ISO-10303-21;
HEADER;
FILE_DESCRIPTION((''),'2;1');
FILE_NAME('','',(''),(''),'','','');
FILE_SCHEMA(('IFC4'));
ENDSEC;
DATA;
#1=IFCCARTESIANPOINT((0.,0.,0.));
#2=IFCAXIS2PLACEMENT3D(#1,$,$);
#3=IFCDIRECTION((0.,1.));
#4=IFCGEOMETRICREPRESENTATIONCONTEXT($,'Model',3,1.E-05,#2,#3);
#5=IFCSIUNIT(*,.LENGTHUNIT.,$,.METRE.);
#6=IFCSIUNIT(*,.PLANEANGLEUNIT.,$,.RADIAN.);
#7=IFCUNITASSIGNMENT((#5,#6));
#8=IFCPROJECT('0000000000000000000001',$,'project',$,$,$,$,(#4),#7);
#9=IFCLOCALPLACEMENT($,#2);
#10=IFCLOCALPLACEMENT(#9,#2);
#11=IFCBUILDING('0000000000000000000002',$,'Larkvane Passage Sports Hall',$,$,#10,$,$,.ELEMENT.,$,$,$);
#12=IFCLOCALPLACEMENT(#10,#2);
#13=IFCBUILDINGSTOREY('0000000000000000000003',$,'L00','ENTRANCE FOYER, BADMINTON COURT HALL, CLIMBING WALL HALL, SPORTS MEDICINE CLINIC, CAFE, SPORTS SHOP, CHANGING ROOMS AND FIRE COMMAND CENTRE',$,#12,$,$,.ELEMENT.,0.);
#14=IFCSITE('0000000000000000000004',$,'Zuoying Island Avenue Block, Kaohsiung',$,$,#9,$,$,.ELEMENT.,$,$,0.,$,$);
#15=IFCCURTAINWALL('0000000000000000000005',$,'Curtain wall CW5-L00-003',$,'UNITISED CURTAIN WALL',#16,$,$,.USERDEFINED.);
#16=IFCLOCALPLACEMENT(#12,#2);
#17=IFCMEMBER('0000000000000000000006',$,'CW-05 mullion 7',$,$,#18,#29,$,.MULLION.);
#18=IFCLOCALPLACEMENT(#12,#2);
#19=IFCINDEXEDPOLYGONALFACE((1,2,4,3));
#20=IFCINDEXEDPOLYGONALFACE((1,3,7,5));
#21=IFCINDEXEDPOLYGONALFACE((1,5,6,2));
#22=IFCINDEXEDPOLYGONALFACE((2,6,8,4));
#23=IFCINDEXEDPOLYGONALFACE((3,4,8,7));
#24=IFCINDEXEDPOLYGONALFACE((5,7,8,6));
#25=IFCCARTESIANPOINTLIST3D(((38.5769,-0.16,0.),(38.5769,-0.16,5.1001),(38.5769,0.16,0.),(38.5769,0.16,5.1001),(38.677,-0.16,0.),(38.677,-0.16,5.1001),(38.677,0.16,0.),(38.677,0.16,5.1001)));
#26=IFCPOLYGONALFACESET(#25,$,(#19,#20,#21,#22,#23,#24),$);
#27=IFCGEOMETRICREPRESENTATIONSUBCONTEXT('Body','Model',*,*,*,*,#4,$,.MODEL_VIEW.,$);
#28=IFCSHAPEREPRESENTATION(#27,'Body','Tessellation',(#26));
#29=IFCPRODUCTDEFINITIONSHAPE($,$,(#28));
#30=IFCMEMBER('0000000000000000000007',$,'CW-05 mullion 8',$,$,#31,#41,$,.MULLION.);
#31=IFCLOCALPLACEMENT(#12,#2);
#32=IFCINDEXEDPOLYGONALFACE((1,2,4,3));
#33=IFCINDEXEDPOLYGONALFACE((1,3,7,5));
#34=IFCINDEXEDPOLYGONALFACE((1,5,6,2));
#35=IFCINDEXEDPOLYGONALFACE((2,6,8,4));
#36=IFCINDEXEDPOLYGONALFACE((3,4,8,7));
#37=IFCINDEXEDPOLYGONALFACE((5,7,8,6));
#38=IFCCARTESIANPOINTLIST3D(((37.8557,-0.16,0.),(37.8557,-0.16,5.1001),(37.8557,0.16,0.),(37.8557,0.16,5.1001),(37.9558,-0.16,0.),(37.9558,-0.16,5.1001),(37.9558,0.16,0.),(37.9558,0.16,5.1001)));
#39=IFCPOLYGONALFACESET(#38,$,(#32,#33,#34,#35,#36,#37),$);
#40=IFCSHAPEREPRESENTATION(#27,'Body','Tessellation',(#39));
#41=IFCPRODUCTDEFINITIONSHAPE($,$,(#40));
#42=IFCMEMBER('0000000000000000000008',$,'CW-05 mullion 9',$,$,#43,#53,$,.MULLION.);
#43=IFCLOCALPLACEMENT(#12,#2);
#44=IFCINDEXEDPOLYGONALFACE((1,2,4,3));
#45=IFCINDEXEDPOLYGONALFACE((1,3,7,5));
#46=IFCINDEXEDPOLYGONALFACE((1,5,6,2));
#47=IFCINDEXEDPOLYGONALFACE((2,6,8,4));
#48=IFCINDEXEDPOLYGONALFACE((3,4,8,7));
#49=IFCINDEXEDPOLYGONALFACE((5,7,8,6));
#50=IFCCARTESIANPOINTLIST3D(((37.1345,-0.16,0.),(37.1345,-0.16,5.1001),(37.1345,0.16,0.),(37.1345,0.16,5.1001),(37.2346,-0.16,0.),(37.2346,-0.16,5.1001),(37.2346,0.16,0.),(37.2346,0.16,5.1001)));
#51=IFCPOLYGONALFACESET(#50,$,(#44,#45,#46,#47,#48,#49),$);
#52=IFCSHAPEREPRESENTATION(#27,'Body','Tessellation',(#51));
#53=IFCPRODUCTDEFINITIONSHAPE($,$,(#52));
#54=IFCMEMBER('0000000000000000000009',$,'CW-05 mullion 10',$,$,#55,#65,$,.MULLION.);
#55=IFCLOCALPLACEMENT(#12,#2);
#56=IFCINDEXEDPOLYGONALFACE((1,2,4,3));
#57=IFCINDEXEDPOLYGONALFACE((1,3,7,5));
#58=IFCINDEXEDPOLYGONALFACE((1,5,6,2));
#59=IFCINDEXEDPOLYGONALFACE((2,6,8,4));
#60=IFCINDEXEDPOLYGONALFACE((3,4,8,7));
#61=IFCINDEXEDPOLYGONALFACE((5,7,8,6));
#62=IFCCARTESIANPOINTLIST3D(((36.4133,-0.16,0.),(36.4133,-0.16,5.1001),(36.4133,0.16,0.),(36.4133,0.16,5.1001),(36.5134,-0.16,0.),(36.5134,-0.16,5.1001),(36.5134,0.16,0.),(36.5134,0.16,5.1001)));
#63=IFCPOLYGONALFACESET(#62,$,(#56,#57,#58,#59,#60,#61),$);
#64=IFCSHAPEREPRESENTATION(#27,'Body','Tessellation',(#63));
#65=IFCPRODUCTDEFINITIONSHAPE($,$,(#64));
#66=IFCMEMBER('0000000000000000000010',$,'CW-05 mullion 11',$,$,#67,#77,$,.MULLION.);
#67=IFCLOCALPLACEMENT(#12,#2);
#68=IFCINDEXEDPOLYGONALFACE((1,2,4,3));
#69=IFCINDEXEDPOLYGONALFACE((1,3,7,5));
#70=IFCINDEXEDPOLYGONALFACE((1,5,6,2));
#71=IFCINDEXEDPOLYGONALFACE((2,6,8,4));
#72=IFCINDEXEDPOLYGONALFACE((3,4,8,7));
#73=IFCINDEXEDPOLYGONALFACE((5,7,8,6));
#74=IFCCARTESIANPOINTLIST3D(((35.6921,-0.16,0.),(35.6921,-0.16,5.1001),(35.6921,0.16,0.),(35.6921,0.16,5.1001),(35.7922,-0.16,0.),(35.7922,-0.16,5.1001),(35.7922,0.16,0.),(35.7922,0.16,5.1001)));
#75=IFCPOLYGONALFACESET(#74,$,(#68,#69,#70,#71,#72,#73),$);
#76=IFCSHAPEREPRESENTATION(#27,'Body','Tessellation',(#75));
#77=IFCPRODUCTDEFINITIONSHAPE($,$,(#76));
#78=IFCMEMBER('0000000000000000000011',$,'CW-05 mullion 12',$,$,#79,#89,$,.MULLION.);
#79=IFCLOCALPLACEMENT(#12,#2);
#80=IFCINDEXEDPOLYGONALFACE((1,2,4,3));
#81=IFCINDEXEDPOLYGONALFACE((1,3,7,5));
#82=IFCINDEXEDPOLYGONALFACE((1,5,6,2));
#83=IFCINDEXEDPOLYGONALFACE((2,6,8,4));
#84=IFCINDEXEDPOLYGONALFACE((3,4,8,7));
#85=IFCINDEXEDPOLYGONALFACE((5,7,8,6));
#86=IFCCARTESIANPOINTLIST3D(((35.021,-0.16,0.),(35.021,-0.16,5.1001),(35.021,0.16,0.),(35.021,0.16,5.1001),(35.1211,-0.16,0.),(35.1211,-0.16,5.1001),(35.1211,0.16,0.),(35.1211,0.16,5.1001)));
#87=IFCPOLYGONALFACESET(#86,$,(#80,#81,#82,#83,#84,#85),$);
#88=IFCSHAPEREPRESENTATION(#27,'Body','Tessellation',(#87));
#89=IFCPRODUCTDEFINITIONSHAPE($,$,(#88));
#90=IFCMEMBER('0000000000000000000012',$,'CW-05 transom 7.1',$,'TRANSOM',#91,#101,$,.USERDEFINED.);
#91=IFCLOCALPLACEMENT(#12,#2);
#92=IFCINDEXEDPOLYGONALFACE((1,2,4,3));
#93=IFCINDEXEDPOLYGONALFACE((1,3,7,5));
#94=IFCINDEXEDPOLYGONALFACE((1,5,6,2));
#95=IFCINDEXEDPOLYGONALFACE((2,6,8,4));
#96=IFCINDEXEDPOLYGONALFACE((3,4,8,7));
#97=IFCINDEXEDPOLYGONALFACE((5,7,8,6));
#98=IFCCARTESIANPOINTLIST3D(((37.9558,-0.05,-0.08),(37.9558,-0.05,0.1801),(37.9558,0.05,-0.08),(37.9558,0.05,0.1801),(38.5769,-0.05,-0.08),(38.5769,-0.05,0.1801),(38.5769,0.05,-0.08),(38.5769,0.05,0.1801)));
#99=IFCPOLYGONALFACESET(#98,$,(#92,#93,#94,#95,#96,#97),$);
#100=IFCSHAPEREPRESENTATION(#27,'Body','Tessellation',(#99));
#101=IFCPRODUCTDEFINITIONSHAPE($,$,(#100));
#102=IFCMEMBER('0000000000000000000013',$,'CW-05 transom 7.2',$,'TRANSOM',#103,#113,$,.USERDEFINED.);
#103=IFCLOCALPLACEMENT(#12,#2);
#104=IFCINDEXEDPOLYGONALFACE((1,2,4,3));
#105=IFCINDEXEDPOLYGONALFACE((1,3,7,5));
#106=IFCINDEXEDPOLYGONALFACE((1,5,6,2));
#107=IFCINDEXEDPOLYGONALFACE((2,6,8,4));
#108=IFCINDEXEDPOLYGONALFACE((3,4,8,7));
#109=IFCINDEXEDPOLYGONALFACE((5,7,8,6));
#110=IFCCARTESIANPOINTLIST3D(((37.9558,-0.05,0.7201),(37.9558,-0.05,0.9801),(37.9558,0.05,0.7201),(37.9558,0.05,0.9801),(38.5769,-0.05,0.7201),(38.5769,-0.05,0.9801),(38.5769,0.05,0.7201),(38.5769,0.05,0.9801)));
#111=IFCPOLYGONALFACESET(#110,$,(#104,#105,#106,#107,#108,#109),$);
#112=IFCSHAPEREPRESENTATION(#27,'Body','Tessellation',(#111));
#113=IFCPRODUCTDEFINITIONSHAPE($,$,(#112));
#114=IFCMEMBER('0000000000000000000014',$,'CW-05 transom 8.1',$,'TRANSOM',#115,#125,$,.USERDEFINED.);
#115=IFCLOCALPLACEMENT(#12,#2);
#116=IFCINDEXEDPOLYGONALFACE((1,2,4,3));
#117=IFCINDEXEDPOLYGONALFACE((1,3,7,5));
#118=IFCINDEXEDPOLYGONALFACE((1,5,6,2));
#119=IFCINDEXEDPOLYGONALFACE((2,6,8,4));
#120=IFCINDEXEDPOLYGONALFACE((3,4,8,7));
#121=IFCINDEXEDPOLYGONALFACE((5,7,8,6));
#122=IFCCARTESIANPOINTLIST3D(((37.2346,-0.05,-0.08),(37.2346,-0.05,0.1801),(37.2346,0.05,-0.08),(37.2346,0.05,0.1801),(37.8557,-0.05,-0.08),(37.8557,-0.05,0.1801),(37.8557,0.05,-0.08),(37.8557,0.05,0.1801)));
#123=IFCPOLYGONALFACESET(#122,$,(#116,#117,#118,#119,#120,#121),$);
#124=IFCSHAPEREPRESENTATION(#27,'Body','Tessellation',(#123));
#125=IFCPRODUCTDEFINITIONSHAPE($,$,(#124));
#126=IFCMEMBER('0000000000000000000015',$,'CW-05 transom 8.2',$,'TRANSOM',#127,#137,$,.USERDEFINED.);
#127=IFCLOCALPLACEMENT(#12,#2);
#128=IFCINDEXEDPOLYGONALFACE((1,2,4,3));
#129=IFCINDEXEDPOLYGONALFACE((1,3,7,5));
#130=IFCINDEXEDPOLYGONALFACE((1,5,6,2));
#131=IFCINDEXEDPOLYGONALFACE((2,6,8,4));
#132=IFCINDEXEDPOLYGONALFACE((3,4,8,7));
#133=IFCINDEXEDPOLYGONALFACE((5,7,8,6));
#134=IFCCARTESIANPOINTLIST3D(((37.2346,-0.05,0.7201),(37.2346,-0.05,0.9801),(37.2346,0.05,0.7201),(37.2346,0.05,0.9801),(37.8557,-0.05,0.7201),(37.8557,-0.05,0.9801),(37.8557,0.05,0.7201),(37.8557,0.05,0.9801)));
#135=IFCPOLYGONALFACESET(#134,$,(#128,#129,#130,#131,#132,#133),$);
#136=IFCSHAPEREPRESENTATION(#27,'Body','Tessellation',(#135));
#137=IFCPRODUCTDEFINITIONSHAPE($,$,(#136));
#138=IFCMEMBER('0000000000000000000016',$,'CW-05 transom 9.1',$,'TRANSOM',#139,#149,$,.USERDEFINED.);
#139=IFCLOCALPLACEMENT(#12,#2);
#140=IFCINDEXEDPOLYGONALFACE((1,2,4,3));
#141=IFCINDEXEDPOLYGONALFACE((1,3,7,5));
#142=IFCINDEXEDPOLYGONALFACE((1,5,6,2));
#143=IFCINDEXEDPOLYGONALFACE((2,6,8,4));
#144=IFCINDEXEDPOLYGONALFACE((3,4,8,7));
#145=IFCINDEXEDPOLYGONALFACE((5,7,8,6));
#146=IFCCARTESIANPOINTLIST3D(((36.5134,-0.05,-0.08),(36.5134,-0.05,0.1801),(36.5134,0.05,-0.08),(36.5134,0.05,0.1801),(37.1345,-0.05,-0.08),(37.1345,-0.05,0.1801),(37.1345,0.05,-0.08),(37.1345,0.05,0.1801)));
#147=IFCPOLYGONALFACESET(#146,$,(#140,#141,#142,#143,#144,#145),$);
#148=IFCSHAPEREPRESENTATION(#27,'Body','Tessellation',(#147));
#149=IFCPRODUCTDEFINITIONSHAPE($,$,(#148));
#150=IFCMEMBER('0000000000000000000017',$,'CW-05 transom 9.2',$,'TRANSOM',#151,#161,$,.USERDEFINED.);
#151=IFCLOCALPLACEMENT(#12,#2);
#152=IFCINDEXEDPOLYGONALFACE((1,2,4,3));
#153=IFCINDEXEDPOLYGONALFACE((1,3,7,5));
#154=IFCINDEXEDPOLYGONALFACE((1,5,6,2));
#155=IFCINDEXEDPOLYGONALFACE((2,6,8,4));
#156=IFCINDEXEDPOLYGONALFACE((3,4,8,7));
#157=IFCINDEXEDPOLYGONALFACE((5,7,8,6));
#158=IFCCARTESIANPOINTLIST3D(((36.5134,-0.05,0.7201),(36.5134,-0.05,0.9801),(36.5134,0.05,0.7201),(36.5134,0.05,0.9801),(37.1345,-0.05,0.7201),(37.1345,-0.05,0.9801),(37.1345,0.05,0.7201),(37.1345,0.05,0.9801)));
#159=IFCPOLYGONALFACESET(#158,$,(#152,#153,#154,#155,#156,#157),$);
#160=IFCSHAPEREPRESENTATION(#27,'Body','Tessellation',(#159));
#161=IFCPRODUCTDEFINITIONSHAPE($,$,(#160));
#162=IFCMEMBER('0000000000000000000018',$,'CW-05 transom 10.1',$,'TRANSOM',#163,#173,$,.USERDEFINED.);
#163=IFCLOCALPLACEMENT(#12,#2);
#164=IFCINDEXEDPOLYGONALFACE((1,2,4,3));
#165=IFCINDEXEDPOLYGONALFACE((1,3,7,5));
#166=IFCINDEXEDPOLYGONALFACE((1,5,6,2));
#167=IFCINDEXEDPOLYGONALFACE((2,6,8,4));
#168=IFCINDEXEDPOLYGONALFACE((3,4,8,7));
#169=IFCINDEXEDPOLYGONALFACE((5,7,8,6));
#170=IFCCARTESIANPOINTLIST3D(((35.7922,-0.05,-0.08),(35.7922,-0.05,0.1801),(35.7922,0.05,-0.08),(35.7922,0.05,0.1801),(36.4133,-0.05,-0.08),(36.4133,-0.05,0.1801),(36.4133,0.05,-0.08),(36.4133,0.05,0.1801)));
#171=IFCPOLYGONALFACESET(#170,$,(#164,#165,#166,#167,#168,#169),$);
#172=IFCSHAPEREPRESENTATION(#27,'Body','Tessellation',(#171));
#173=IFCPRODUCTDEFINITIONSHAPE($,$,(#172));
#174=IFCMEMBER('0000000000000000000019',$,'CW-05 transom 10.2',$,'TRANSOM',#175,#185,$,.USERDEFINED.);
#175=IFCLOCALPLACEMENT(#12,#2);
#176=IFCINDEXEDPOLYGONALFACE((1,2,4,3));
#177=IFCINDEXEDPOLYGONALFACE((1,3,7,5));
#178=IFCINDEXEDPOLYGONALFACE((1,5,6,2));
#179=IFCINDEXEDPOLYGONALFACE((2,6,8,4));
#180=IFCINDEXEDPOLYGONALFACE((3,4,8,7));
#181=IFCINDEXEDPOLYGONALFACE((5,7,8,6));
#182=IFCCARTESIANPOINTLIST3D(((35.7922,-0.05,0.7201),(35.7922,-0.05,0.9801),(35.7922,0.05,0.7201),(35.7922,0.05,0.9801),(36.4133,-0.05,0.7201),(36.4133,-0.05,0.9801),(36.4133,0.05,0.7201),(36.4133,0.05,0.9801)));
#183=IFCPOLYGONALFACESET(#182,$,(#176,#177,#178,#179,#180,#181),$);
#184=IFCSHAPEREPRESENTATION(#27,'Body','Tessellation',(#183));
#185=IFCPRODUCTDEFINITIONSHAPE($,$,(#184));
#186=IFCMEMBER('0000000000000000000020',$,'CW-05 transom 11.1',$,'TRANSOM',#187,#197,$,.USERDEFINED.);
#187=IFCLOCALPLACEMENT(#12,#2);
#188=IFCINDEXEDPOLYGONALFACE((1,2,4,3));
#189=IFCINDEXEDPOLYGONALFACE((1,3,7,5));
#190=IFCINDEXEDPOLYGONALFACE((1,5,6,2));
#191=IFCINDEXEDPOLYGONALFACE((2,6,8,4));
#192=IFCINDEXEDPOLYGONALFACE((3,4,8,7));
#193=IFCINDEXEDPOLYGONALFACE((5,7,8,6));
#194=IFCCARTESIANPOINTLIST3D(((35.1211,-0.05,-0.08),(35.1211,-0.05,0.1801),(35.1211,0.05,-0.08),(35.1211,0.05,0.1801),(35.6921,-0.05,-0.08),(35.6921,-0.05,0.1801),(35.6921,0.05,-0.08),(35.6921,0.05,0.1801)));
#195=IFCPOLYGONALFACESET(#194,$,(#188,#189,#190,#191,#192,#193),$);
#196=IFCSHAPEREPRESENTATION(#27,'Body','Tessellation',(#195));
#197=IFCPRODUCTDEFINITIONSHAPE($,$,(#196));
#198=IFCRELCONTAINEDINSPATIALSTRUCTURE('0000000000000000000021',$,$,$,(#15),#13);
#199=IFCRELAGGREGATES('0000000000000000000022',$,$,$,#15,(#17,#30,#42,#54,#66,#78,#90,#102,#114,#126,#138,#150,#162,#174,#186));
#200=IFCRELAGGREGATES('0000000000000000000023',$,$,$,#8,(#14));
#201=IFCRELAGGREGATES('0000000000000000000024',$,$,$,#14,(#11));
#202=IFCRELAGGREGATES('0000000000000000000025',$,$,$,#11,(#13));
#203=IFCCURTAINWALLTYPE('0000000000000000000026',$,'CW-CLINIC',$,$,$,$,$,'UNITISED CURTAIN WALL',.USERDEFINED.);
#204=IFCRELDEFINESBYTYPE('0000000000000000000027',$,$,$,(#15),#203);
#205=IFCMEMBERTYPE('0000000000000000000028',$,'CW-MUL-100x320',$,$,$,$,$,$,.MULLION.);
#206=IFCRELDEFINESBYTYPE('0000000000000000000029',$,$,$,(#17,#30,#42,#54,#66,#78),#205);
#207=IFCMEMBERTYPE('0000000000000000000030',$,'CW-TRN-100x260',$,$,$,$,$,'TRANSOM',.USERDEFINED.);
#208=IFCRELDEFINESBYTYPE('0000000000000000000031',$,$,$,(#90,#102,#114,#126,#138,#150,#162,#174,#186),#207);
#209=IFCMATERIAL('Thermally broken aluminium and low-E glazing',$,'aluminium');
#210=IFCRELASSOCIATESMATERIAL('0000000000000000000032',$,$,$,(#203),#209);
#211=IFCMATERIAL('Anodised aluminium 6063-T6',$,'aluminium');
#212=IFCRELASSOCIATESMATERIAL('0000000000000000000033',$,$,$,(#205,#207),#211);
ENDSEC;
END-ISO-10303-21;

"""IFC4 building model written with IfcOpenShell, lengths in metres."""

from ifc_helpers import new_model, si_unit, direction, frame, origin, origin_2d, place, context, subcontext, project, spatial, rectangle, extrude, material, material_profile, profile_set, type_object, element, aggregate, save


model = new_model("IFC4")

# Units and contexts
model_context = context("Model", 3, precision=1e-05, world=origin(), true_north=direction((0.0, 1.0)))
body_context = subcontext(model_context, "Body", "Model", "MODEL_VIEW")
ifc_project = project(units=[si_unit("LENGTHUNIT", "METRE"), si_unit("PLANEANGLEUNIT", "RADIAN")], contexts=[model_context])

# Site, building, storey
site_placement = place(None, origin())
site = spatial("IfcSite", under=ifc_project, at=site_placement, Name="Zuoying Island Avenue Block, Kaohsiung", CompositionType="ELEMENT", RefElevation=0.0)
building_placement = place(site_placement, origin())
building = spatial("IfcBuilding", under=site, at=building_placement, Name="Larkvane Passage Sports Hall", CompositionType="ELEMENT")
storey_placement = place(building_placement, origin())
storey = spatial("IfcBuildingStorey", under=building, at=storey_placement, Name="L00", Description="ENTRANCE FOYER, BADMINTON COURT HALL, CLIMBING WALL HALL, SPORTS MEDICINE CLINIC, CAFE, SPORTS SHOP, CHANGING ROOMS AND FIRE COMMAND CENTRE", CompositionType="ELEMENT", Elevation=0.0)

# Curtain wall, members
ifc_material_1 = material(Name="Thermally broken aluminium and low-E glazing", Category="aluminium")
curtain_wall_type = type_object("IfcCurtainWallType", Name="CW-CLINIC", ElementType="UNITISED CURTAIN WALL", PredefinedType="USERDEFINED", material=ifc_material_1)
curtain_wall_placement = place(storey_placement, origin())
curtain_wall = element("IfcCurtainWall", 1, at=curtain_wall_placement, inside=storey, type_object=curtain_wall_type, Name="Curtain wall CW5-L00-003", ObjectType="UNITISED CURTAIN WALL", PredefinedType="USERDEFINED")
ifc_material_2 = material(Name="Anodised aluminium 6063-T6", Category="aluminium")
ifc_material_profile_1 = material_profile(ifc_material_2, rectangle(XDim=0.1001, YDim=0.3201, at=origin_2d()), Name="ALU-MUL-100x320")
ifc_profile_set_1 = profile_set([ifc_material_profile_1], Name="Anodised aluminium 6063-T6")
member_type_1 = type_object("IfcMemberType", Name="CW-MUL-100x320", PredefinedType="MULLION", material=ifc_profile_set_1)
member_1_placement = place(storey_placement, frame((38.627, 0.0, 0.0), z_axis=(0.0, 0.0, 1.0), x_axis=(-1.0, 0.0, 0.0)))
member_1 = element("IfcMember", 2, at=member_1_placement, type_object=member_type_1, Name="CW-05 mullion 7", PredefinedType="MULLION", context=body_context, shape_type="SweptSolid", body=[
    extrude(rectangle(XDim=0.1001, YDim=0.3201, at=origin_2d()), origin(), (0.0, 0.0, 1.0), 5.1001),
])
member_2_placement = place(storey_placement, frame((37.9058, 0.0, 0.0), z_axis=(0.0, 0.0, 1.0), x_axis=(-1.0, 0.0, 0.0)))
member_2 = element("IfcMember", 3, at=member_2_placement, type_object=member_type_1, Name="CW-05 mullion 8", PredefinedType="MULLION", context=body_context, shape_type="SweptSolid", body=[
    extrude(rectangle(XDim=0.1001, YDim=0.3201, at=origin_2d()), origin(), (0.0, 0.0, 1.0), 5.1001),
])
member_3_placement = place(storey_placement, frame((37.1846, 0.0, 0.0), z_axis=(0.0, 0.0, 1.0), x_axis=(-1.0, 0.0, 0.0)))
member_3 = element("IfcMember", 4, at=member_3_placement, type_object=member_type_1, Name="CW-05 mullion 9", PredefinedType="MULLION", context=body_context, shape_type="SweptSolid", body=[
    extrude(rectangle(XDim=0.1001, YDim=0.3201, at=origin_2d()), origin(), (0.0, 0.0, 1.0), 5.1001),
])
member_4_placement = place(storey_placement, frame((36.4634, 0.0, 0.0), z_axis=(0.0, 0.0, 1.0), x_axis=(-1.0, 0.0, 0.0)))
member_4 = element("IfcMember", 5, at=member_4_placement, type_object=member_type_1, Name="CW-05 mullion 10", PredefinedType="MULLION", context=body_context, shape_type="SweptSolid", body=[
    extrude(rectangle(XDim=0.1001, YDim=0.3201, at=origin_2d()), origin(), (0.0, 0.0, 1.0), 5.1001),
])
member_5_placement = place(storey_placement, frame((35.7422, 0.0, 0.0), z_axis=(0.0, 0.0, 1.0), x_axis=(-1.0, 0.0, 0.0)))
member_5 = element("IfcMember", 6, at=member_5_placement, type_object=member_type_1, Name="CW-05 mullion 11", PredefinedType="MULLION", context=body_context, shape_type="SweptSolid", body=[
    extrude(rectangle(XDim=0.1001, YDim=0.3201, at=origin_2d()), origin(), (0.0, 0.0, 1.0), 5.1001),
])
member_6_placement = place(storey_placement, frame((35.071, 0.0, 0.0), z_axis=(0.0, 0.0, 1.0), x_axis=(-1.0, 0.0, 0.0)))
member_6 = element("IfcMember", 7, at=member_6_placement, type_object=member_type_1, Name="CW-05 mullion 12", PredefinedType="MULLION", context=body_context, shape_type="SweptSolid", body=[
    extrude(rectangle(XDim=0.1001, YDim=0.3201, at=origin_2d()), origin(), (0.0, 0.0, 1.0), 5.1001),
])
ifc_material_profile_2 = material_profile(ifc_material_2, rectangle(XDim=0.1001, YDim=0.26, at=origin_2d()), Name="ALU-TRN-100x260")
ifc_profile_set_2 = profile_set([ifc_material_profile_2], Name="Anodised aluminium 6063-T6")
member_type_2 = type_object("IfcMemberType", Name="CW-TRN-100x260", ElementType="TRANSOM", PredefinedType="USERDEFINED", material=ifc_profile_set_2)
member_7_placement = place(storey_placement, frame((38.5769, 0.0, 0.05), z_axis=(-1.0, 0.0, 0.0), x_axis=(0.0, -1.0, 0.0)))
member_7 = element("IfcMember", 8, at=member_7_placement, type_object=member_type_2, Name="CW-05 transom 7.1", ObjectType="TRANSOM", PredefinedType="USERDEFINED", context=body_context, shape_type="SweptSolid", body=[
    extrude(rectangle(XDim=0.1001, YDim=0.26, at=origin_2d()), origin(), (0.0, 0.0, 1.0), 0.6211),
])
member_8_placement = place(storey_placement, frame((38.5769, 0.0, 0.8501), z_axis=(-1.0, 0.0, 0.0), x_axis=(0.0, -1.0, 0.0)))
member_8 = element("IfcMember", 9, at=member_8_placement, type_object=member_type_2, Name="CW-05 transom 7.2", ObjectType="TRANSOM", PredefinedType="USERDEFINED", context=body_context, shape_type="SweptSolid", body=[
    extrude(rectangle(XDim=0.1001, YDim=0.26, at=origin_2d()), origin(), (0.0, 0.0, 1.0), 0.6211),
])
member_9_placement = place(storey_placement, frame((37.8557, 0.0, 0.05), z_axis=(-1.0, 0.0, 0.0), x_axis=(0.0, -1.0, 0.0)))
member_9 = element("IfcMember", 10, at=member_9_placement, type_object=member_type_2, Name="CW-05 transom 8.1", ObjectType="TRANSOM", PredefinedType="USERDEFINED", context=body_context, shape_type="SweptSolid", body=[
    extrude(rectangle(XDim=0.1001, YDim=0.26, at=origin_2d()), origin(), (0.0, 0.0, 1.0), 0.6211),
])
member_10_placement = place(storey_placement, frame((37.8557, 0.0, 0.8501), z_axis=(-1.0, 0.0, 0.0), x_axis=(0.0, -1.0, 0.0)))
member_10 = element("IfcMember", 11, at=member_10_placement, type_object=member_type_2, Name="CW-05 transom 8.2", ObjectType="TRANSOM", PredefinedType="USERDEFINED", context=body_context, shape_type="SweptSolid", body=[
    extrude(rectangle(XDim=0.1001, YDim=0.26, at=origin_2d()), origin(), (0.0, 0.0, 1.0), 0.6211),
])
member_11_placement = place(storey_placement, frame((37.1345, 0.0, 0.05), z_axis=(-1.0, 0.0, 0.0), x_axis=(0.0, -1.0, 0.0)))
member_11 = element("IfcMember", 12, at=member_11_placement, type_object=member_type_2, Name="CW-05 transom 9.1", ObjectType="TRANSOM", PredefinedType="USERDEFINED", context=body_context, shape_type="SweptSolid", body=[
    extrude(rectangle(XDim=0.1001, YDim=0.26, at=origin_2d()), origin(), (0.0, 0.0, 1.0), 0.6211),
])
member_12_placement = place(storey_placement, frame((37.1345, 0.0, 0.8501), z_axis=(-1.0, 0.0, 0.0), x_axis=(0.0, -1.0, 0.0)))
member_12 = element("IfcMember", 13, at=member_12_placement, type_object=member_type_2, Name="CW-05 transom 9.2", ObjectType="TRANSOM", PredefinedType="USERDEFINED", context=body_context, shape_type="SweptSolid", body=[
    extrude(rectangle(XDim=0.1001, YDim=0.26, at=origin_2d()), origin(), (0.0, 0.0, 1.0), 0.6211),
])
member_13_placement = place(storey_placement, frame((36.4133, 0.0, 0.05), z_axis=(-1.0, 0.0, 0.0), x_axis=(0.0, -1.0, 0.0)))
member_13 = element("IfcMember", 14, at=member_13_placement, type_object=member_type_2, Name="CW-05 transom 10.1", ObjectType="TRANSOM", PredefinedType="USERDEFINED", context=body_context, shape_type="SweptSolid", body=[
    extrude(rectangle(XDim=0.1001, YDim=0.26, at=origin_2d()), origin(), (0.0, 0.0, 1.0), 0.6211),
])
member_14_placement = place(storey_placement, frame((36.4133, 0.0, 0.8501), z_axis=(-1.0, 0.0, 0.0), x_axis=(0.0, -1.0, 0.0)))
member_14 = element("IfcMember", 15, at=member_14_placement, type_object=member_type_2, Name="CW-05 transom 10.2", ObjectType="TRANSOM", PredefinedType="USERDEFINED", context=body_context, shape_type="SweptSolid", body=[
    extrude(rectangle(XDim=0.1001, YDim=0.26, at=origin_2d()), origin(), (0.0, 0.0, 1.0), 0.6211),
])
member_15_placement = place(storey_placement, frame((35.6921, 0.0, 0.05), z_axis=(-1.0, 0.0, 0.0), x_axis=(0.0, -1.0, 0.0)))
member_15 = element("IfcMember", 16, at=member_15_placement, type_object=member_type_2, Name="CW-05 transom 11.1", ObjectType="TRANSOM", PredefinedType="USERDEFINED", context=body_context, shape_type="SweptSolid", body=[
    extrude(rectangle(XDim=0.1001, YDim=0.26, at=origin_2d()), origin(), (0.0, 0.0, 1.0), 0.571),
])
aggregate(curtain_wall, [member_1, member_2, member_3, member_4, member_5, member_6, member_7, member_8, member_9, member_10, member_11, member_12, member_13, member_14, member_15])

save(model, "model.ifc")
